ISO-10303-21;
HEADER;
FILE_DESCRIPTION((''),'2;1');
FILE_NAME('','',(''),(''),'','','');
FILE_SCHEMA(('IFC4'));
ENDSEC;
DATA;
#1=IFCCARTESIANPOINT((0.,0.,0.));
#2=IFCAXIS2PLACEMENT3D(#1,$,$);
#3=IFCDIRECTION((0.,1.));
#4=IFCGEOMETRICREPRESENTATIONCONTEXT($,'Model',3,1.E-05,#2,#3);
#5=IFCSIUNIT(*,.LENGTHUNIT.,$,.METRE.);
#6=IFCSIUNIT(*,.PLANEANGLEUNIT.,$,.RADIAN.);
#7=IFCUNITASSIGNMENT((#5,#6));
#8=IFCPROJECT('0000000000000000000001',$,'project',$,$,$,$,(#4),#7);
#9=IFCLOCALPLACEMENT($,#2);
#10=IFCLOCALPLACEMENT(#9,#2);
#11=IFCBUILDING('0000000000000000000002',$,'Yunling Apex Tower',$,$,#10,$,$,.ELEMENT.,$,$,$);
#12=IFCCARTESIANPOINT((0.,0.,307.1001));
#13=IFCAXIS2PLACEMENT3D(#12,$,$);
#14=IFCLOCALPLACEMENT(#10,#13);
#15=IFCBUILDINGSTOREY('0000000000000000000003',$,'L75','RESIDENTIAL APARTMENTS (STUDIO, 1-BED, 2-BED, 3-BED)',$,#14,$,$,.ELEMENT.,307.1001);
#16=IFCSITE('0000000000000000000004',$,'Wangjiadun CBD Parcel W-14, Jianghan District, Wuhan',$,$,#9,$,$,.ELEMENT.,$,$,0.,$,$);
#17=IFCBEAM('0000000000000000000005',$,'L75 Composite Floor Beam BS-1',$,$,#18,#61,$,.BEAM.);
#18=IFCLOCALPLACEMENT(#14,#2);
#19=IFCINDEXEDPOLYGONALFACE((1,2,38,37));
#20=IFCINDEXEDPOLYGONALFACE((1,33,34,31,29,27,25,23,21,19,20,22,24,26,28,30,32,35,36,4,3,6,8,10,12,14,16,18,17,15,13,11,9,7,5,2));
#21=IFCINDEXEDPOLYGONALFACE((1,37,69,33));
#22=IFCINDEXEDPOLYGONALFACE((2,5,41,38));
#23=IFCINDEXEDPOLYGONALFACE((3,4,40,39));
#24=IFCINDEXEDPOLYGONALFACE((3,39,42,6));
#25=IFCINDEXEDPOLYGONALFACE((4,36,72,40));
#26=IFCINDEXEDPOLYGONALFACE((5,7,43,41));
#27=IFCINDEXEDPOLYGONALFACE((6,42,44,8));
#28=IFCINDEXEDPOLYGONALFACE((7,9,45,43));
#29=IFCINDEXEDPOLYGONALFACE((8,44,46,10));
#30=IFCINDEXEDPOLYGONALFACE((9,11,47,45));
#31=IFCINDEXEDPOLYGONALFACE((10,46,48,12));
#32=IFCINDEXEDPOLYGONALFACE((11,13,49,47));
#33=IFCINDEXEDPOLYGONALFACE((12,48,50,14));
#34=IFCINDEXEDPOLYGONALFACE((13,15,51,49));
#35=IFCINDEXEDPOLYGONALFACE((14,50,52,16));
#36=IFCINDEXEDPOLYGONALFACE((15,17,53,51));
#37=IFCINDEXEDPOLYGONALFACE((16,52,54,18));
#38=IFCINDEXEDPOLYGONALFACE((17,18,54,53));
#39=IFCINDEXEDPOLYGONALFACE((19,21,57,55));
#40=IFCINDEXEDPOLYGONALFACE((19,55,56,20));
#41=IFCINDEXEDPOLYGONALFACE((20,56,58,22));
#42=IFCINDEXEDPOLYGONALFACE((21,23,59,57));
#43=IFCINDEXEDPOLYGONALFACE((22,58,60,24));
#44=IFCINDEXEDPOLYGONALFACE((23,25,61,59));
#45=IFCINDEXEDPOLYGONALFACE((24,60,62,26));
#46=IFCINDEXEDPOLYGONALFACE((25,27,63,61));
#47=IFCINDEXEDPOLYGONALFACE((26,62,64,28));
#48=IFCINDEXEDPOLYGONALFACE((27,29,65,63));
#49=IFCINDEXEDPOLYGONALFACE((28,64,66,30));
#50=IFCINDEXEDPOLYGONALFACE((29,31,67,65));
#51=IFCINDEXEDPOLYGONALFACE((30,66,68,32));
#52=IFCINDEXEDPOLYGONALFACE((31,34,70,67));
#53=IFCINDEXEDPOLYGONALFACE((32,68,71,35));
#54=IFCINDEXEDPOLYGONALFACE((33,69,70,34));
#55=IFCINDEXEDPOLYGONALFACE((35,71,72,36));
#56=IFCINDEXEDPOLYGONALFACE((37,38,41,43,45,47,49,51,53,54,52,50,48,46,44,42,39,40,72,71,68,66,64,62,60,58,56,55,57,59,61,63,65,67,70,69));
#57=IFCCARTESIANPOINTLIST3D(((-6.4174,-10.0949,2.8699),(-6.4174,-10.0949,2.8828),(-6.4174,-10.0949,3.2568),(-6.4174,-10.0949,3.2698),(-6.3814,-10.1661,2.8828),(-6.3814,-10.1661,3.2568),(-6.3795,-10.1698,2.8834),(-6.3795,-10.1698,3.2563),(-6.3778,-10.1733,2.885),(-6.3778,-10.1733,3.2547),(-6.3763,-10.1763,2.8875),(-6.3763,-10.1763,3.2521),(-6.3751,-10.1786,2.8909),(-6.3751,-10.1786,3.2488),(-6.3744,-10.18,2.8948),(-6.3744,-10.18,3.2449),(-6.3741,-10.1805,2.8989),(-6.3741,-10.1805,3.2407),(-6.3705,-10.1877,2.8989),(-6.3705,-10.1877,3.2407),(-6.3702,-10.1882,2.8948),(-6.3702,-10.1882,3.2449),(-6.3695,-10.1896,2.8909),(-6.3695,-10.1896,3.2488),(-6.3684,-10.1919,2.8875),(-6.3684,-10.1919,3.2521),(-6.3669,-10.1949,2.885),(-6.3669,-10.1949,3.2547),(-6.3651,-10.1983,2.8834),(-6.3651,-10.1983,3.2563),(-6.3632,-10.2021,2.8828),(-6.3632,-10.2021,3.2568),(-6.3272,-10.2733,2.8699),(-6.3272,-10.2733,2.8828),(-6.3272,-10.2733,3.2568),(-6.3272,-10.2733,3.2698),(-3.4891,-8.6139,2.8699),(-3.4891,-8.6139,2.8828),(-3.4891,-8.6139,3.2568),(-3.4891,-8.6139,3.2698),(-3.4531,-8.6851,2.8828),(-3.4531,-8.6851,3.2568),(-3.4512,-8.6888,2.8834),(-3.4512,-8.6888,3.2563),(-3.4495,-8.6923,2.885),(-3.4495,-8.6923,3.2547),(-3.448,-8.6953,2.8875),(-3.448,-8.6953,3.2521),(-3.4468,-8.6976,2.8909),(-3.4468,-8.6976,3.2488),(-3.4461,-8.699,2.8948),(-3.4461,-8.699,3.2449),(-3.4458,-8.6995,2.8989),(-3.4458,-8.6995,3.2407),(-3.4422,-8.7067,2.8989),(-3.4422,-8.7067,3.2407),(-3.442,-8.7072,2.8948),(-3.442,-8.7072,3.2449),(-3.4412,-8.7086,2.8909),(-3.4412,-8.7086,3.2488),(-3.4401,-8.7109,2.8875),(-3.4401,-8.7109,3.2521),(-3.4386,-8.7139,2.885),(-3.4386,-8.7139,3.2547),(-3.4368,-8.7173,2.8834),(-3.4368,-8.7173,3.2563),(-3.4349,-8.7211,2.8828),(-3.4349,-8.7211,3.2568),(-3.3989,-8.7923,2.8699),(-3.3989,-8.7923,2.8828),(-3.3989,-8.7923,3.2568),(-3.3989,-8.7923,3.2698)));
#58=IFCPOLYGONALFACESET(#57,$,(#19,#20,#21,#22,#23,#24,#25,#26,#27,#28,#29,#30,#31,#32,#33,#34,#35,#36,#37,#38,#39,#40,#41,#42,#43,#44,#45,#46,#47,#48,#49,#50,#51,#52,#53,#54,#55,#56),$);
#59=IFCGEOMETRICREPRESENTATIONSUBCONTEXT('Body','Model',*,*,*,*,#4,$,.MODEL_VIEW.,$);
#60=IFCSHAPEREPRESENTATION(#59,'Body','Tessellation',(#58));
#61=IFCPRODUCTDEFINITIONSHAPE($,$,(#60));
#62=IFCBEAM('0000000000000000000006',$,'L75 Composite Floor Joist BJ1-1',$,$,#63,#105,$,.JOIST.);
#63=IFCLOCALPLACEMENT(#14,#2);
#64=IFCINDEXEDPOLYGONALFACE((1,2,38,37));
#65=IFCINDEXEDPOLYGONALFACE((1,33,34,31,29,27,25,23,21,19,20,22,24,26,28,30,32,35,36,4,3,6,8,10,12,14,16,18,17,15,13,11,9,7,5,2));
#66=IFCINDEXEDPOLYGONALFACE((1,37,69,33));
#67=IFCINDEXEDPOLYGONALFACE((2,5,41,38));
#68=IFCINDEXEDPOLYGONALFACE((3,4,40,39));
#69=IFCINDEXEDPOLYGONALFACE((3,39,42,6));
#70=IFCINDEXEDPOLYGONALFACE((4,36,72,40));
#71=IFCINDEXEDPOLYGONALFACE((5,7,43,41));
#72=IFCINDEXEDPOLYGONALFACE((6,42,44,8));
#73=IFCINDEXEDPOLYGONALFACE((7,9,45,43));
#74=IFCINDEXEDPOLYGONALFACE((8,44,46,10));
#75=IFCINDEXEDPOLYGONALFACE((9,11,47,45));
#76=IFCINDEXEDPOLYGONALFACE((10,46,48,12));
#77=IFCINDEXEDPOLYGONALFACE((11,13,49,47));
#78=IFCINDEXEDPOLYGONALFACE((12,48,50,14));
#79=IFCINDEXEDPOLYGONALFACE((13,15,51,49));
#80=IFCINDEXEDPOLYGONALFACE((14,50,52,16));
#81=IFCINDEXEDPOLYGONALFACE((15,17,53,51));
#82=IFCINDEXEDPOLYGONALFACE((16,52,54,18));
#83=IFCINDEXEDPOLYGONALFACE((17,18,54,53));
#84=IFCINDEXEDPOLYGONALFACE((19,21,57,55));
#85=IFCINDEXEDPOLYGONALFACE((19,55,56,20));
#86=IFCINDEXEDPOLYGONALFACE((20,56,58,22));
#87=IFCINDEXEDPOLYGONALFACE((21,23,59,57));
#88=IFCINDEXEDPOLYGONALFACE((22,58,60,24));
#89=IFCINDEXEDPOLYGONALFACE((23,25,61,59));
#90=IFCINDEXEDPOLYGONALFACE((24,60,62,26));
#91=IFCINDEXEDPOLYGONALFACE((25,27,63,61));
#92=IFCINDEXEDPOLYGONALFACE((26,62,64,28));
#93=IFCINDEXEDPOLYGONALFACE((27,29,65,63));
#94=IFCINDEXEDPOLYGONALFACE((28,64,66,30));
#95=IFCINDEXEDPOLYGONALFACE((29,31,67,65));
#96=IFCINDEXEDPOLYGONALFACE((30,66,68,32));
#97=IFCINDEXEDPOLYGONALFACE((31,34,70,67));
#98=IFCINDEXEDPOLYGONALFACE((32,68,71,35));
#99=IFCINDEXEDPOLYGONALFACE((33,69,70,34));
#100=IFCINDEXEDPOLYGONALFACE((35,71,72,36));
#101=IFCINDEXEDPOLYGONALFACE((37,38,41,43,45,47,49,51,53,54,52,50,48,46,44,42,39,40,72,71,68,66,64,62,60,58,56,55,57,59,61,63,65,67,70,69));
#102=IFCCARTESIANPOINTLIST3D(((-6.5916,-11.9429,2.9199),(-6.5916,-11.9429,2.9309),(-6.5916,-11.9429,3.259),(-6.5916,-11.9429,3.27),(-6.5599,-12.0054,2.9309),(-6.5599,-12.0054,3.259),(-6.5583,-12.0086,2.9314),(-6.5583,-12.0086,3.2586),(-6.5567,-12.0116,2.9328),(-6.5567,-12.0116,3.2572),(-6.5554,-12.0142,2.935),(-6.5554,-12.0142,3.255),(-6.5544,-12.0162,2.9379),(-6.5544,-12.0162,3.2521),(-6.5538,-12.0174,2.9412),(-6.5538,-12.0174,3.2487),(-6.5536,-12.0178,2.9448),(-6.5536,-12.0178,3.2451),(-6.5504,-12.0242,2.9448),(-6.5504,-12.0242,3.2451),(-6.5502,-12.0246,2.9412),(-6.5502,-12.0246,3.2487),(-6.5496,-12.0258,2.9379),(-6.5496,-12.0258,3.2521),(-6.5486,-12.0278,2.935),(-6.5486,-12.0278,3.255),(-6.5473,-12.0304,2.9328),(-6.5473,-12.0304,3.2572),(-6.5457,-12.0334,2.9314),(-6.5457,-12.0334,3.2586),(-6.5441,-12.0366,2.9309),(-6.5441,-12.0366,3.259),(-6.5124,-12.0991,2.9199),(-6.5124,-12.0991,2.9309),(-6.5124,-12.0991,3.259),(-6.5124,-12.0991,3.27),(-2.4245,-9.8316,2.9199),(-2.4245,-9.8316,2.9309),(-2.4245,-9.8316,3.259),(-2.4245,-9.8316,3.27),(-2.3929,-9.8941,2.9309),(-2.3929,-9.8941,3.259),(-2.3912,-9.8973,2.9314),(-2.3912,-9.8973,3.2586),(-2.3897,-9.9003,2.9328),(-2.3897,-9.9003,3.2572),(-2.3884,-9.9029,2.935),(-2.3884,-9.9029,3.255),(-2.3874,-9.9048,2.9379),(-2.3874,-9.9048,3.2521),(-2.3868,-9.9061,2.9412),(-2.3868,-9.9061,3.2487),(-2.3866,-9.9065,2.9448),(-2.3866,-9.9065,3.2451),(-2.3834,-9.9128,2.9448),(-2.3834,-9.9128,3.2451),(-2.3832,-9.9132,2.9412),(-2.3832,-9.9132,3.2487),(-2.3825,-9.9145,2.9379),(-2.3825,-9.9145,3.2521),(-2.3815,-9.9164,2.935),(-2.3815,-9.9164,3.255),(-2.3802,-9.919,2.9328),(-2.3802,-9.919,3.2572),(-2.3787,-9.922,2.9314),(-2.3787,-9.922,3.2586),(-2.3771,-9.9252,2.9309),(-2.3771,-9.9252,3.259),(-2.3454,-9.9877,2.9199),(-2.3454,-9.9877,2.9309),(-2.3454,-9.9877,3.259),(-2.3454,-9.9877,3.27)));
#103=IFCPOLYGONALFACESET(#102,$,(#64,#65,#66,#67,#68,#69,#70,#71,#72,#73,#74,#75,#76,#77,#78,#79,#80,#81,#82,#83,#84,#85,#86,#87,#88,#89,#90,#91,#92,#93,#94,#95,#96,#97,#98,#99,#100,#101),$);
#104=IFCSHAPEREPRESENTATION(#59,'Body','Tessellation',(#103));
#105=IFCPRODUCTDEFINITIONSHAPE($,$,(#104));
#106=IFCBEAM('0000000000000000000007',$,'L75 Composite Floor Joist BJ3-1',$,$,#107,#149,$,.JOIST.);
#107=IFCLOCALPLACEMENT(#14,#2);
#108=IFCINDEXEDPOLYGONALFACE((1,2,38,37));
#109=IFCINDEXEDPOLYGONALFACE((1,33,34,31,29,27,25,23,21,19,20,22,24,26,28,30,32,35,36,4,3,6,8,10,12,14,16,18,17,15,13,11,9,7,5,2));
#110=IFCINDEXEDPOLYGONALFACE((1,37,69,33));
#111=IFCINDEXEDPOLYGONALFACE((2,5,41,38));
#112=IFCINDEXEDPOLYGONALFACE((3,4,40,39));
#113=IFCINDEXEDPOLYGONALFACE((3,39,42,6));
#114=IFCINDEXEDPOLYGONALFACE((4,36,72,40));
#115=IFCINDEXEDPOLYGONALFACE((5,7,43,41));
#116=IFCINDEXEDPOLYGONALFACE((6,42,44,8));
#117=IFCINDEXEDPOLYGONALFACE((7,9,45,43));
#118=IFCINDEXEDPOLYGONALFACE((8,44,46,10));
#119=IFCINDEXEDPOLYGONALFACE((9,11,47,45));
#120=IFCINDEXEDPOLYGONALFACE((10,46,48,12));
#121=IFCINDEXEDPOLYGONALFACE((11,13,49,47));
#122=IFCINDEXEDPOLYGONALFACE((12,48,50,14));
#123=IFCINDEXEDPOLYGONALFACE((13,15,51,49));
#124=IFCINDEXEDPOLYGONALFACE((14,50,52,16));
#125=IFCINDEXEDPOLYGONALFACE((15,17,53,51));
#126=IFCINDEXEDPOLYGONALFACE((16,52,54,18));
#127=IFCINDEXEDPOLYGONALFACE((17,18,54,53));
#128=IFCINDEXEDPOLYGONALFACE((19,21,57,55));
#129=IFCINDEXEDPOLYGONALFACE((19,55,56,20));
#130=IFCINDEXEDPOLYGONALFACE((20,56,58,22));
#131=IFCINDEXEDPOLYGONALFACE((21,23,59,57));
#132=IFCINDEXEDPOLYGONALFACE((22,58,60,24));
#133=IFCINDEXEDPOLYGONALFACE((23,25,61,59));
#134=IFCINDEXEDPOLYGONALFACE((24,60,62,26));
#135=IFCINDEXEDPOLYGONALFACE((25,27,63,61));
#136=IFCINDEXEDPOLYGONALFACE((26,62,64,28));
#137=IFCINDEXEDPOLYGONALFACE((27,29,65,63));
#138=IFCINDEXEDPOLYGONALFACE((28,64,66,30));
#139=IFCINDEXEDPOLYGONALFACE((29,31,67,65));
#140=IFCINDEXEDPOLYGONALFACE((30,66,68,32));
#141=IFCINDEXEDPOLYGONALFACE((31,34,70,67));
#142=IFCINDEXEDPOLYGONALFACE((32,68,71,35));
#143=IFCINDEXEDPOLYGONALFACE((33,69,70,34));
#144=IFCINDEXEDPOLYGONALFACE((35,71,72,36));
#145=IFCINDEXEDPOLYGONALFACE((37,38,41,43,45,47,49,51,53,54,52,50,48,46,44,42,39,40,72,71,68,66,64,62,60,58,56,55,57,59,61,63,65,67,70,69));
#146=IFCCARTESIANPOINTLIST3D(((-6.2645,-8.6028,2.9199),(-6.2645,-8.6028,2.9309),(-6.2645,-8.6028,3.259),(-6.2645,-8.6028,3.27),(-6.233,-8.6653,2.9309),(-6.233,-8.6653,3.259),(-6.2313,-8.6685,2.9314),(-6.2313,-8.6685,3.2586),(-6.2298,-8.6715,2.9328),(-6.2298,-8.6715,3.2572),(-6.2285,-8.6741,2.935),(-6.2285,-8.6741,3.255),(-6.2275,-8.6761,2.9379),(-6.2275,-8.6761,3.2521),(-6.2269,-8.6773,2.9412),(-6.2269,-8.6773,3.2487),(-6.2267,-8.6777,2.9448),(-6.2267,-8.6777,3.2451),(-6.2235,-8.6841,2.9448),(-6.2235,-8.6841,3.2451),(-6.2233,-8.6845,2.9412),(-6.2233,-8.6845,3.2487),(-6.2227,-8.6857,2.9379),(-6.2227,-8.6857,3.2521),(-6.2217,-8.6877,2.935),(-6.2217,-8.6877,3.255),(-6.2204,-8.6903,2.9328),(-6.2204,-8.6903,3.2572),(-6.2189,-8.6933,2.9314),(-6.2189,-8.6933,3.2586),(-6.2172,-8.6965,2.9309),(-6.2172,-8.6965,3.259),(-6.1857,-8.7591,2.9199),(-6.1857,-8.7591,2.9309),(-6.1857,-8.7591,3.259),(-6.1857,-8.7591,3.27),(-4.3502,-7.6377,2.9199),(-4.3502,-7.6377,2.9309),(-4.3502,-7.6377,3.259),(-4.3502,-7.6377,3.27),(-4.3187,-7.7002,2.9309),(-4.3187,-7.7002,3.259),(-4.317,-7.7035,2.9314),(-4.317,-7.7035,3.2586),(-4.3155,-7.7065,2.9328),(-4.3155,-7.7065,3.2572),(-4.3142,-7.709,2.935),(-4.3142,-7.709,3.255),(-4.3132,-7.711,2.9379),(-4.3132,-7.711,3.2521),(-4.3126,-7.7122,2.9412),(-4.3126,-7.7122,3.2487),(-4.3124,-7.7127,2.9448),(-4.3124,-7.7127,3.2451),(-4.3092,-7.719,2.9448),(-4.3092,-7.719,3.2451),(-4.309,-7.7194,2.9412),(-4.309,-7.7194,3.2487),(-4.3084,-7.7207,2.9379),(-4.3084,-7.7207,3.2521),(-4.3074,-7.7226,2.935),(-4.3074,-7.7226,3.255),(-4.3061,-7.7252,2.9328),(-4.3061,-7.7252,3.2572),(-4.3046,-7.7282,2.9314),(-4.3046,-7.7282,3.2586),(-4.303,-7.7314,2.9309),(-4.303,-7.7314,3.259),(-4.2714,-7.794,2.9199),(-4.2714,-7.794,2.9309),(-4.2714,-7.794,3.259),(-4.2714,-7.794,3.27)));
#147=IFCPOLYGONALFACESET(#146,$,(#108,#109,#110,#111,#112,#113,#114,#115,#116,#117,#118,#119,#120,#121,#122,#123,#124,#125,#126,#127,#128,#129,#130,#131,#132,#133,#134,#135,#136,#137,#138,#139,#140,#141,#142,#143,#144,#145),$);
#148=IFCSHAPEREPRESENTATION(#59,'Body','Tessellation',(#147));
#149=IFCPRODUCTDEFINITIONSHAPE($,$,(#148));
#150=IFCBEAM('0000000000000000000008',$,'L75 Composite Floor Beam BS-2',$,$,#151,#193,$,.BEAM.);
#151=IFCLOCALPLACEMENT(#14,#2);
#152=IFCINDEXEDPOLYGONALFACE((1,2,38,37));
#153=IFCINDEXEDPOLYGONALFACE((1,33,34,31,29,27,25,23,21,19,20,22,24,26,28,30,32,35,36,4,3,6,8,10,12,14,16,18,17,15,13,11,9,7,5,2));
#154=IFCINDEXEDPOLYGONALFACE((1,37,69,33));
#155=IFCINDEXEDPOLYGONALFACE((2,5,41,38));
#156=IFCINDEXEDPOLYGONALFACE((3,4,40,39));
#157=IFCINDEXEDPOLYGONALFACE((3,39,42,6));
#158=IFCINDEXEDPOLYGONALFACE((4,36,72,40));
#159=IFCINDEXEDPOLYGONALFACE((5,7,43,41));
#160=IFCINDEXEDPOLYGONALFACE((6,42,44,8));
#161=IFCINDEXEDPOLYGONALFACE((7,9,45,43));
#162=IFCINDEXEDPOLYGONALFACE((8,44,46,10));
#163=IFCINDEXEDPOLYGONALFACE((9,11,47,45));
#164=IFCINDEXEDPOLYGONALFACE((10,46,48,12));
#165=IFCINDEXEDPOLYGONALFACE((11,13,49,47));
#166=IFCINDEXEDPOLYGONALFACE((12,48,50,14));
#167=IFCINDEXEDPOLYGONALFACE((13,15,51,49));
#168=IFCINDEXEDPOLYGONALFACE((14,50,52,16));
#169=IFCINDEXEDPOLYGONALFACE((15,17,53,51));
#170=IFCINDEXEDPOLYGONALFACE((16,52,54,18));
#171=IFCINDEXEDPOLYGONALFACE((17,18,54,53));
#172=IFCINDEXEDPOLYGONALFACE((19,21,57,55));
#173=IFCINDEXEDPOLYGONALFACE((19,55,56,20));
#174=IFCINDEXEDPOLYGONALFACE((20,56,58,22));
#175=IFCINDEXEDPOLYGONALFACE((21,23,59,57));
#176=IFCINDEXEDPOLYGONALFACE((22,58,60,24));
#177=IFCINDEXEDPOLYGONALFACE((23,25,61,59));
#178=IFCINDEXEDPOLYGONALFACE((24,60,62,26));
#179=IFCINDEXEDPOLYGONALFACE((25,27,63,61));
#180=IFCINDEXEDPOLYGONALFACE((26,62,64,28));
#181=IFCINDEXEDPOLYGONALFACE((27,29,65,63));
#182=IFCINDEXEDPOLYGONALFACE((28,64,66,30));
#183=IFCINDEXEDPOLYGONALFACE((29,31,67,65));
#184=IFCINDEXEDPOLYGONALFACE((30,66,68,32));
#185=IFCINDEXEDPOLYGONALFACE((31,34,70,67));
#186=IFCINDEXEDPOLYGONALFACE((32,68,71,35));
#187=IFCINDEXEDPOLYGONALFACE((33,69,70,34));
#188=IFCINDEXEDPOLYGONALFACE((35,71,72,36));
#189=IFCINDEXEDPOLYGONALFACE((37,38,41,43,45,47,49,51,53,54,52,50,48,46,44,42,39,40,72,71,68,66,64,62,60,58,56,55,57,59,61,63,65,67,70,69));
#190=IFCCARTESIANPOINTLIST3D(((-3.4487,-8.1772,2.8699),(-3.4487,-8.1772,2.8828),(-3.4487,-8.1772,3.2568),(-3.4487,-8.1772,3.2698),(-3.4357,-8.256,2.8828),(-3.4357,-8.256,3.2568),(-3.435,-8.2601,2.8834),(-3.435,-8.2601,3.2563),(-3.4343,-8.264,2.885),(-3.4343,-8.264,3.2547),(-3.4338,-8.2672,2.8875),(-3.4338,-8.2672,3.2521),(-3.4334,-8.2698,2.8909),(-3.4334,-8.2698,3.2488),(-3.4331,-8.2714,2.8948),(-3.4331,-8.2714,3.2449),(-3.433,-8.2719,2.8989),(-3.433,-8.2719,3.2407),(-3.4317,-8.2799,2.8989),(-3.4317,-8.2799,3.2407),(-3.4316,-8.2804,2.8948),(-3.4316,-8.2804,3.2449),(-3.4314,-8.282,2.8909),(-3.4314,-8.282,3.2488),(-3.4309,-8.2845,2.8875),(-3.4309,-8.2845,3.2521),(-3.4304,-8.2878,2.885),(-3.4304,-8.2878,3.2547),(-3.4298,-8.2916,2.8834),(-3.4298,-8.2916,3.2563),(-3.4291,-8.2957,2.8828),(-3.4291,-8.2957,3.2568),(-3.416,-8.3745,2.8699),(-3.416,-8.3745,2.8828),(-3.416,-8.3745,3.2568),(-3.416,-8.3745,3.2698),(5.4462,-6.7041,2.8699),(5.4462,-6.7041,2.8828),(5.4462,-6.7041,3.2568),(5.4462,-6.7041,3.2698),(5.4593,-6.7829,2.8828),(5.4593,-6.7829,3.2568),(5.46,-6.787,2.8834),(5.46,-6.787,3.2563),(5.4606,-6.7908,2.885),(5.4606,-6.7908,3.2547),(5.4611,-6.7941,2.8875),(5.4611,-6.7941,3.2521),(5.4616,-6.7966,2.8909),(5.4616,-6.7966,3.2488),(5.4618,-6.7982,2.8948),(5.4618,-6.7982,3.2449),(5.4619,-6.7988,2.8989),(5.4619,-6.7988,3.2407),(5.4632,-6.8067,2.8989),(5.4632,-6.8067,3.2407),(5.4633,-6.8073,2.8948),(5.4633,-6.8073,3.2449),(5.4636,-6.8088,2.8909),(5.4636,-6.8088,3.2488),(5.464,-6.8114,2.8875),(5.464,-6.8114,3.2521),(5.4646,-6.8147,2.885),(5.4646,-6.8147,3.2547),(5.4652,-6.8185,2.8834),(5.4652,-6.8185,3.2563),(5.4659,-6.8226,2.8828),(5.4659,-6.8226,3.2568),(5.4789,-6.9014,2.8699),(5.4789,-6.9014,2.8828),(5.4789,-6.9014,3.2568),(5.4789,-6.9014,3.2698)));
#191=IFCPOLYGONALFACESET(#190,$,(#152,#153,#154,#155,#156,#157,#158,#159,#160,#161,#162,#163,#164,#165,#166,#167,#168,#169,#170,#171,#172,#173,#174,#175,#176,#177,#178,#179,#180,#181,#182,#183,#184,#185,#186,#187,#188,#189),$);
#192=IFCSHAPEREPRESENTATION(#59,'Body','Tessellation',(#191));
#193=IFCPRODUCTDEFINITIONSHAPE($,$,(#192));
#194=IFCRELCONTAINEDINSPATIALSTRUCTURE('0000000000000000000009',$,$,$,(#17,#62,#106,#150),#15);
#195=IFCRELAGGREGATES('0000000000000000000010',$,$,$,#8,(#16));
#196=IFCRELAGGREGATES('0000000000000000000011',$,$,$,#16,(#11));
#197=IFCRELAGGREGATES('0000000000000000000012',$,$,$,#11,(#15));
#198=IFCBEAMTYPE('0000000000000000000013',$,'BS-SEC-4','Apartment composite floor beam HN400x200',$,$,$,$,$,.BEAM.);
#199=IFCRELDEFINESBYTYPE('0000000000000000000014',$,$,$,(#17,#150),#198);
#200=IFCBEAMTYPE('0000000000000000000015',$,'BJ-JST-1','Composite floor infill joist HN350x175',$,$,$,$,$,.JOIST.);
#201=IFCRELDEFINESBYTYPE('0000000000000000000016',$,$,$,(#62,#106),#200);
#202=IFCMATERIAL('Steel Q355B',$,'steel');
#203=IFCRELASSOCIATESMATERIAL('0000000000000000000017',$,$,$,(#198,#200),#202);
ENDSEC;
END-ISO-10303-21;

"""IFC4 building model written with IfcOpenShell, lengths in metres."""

from ifc_helpers import new_model, si_unit, direction, frame, origin, origin_2d, place, context, subcontext, project, spatial, i_section, extrude, source, transform, mapped, material, material_profile, profile_set, type_object, element, save


model = new_model("IFC4")

# Units and contexts
model_context = context("Model", 3, precision=1e-05, world=origin(), true_north=direction((0.0, 1.0)))
body_context = subcontext(model_context, "Body", "Model", "MODEL_VIEW")
ifc_project = project(units=[si_unit("LENGTHUNIT", "METRE"), si_unit("PLANEANGLEUNIT", "RADIAN")], contexts=[model_context])

# Site, building, storey
site_placement = place(None, origin())
site = spatial("IfcSite", under=ifc_project, at=site_placement, Name="Wangjiadun CBD Parcel W-14, Jianghan District, Wuhan", CompositionType="ELEMENT", RefElevation=0.0)
building_placement = place(site_placement, origin())
building = spatial("IfcBuilding", under=site, at=building_placement, Name="Yunling Apex Tower", CompositionType="ELEMENT")
storey_placement = place(building_placement, frame((0.0, 0.0, 307.1001)))
storey = spatial("IfcBuildingStorey", under=building, at=storey_placement, Name="L75", Description="RESIDENTIAL APARTMENTS (STUDIO, 1-BED, 2-BED, 3-BED)", CompositionType="ELEMENT", Elevation=307.1001)

# Shared definitions
ifc_material_1 = material(Name="Steel Q355B", Category="steel")

# Beams
ifc_material_profile_1 = material_profile(ifc_material_1, i_section(OverallWidth=0.2, OverallDepth=0.3999, WebThickness=0.0081, FlangeThickness=0.0129, FilletRadius=0.0161, at=origin_2d()))
ifc_profile_set_1 = profile_set([ifc_material_profile_1], Name="Steel Q355B")
beam_type_1 = type_object("IfcBeamType", Name="BS-SEC-4", Description="Apartment composite floor beam HN400x200", PredefinedType="BEAM", material=ifc_profile_set_1)
shared_shape_1 = source(origin(), body_context, "Body", "SweptSolid", [
    extrude(i_section(OverallWidth=0.2, OverallDepth=0.3999, WebThickness=0.0081, FlangeThickness=0.0129, FilletRadius=0.0161, at=origin_2d()), origin(), (0.0, 0.0, 1.0), 3.2815),
])
beam_1_placement = place(storey_placement, frame((-6.3723, -10.1841, 3.0698), z_axis=(0.892364, 0.451316, 0.0), x_axis=(-0.451316, 0.892364, 0.0)))
element("IfcBeam", 1, at=beam_1_placement, inside=storey, type_object=beam_type_1, Name="L75 Composite Floor Beam BS-1", PredefinedType="BEAM", context=body_context, shape_type="MappedRepresentation", body=[
    mapped(shared_shape_1, transform((0.0, 0.0, 0.0), scale=1.0)),
])
ifc_material_profile_2 = material_profile(ifc_material_1, i_section(OverallWidth=0.175, OverallDepth=0.3501, WebThickness=0.0071, FlangeThickness=0.011, FilletRadius=0.0139, at=origin_2d()))
ifc_profile_set_2 = profile_set([ifc_material_profile_2], Name="Steel Q355B")
beam_type_2 = type_object("IfcBeamType", Name="BJ-JST-1", Description="Composite floor infill joist HN350x175", PredefinedType="JOIST", material=ifc_profile_set_2)
shared_shape_2 = source(origin(), body_context, "Body", "SweptSolid", [
    extrude(i_section(OverallWidth=0.175, OverallDepth=0.3501, WebThickness=0.0071, FlangeThickness=0.011, FilletRadius=0.0139, at=origin_2d()), origin(), (0.0, 0.0, 1.0), 4.6714),
])
beam_2_placement = place(storey_placement, frame((-6.552, -12.021, 3.095), z_axis=(0.892031, 0.451974, 0.0), x_axis=(-0.451974, 0.892031, 0.0)))
element("IfcBeam", 2, at=beam_2_placement, inside=storey, type_object=beam_type_2, Name="L75 Composite Floor Joist BJ1-1", PredefinedType="JOIST", context=body_context, shape_type="MappedRepresentation", body=[
    mapped(shared_shape_2, transform((0.0, 0.0, 0.0), scale=1.0)),
])
shared_shape_3 = source(origin(), body_context, "Body", "SweptSolid", [
    extrude(i_section(OverallWidth=0.175, OverallDepth=0.3501, WebThickness=0.0071, FlangeThickness=0.011, FilletRadius=0.0139, at=origin_2d()), origin(), (0.0, 0.0, 1.0), 2.1438),
])
beam_3_placement = place(storey_placement, frame((-6.2251, -8.6809, 3.095), z_axis=(0.892942, 0.450172, 0.0), x_axis=(-0.450172, 0.892942, 0.0)))
element("IfcBeam", 3, at=beam_3_placement, inside=storey, type_object=beam_type_2, Name="L75 Composite Floor Joist BJ3-1", PredefinedType="JOIST", context=body_context, shape_type="MappedRepresentation", body=[
    mapped(shared_shape_3, transform((0.0, 0.0, 0.0), scale=1.0)),
])
shared_shape_4 = source(origin(), body_context, "Body", "SweptSolid", [
    extrude(i_section(OverallWidth=0.2, OverallDepth=0.3999, WebThickness=0.0081, FlangeThickness=0.0129, FilletRadius=0.0161, at=origin_2d()), origin(), (0.0, 0.0, 1.0), 9.0161),
])
beam_4_placement = place(storey_placement, frame((-3.4324, -8.2759, 3.0698), z_axis=(0.986562, 0.163389, 0.0), x_axis=(-0.163389, 0.986562, 0.0)))
element("IfcBeam", 4, at=beam_4_placement, inside=storey, type_object=beam_type_1, Name="L75 Composite Floor Beam BS-2", PredefinedType="BEAM", context=body_context, shape_type="MappedRepresentation", body=[
    mapped(shared_shape_4, transform((0.0, 0.0, 0.0), scale=1.0)),
])

save(model, "model.ifc")
